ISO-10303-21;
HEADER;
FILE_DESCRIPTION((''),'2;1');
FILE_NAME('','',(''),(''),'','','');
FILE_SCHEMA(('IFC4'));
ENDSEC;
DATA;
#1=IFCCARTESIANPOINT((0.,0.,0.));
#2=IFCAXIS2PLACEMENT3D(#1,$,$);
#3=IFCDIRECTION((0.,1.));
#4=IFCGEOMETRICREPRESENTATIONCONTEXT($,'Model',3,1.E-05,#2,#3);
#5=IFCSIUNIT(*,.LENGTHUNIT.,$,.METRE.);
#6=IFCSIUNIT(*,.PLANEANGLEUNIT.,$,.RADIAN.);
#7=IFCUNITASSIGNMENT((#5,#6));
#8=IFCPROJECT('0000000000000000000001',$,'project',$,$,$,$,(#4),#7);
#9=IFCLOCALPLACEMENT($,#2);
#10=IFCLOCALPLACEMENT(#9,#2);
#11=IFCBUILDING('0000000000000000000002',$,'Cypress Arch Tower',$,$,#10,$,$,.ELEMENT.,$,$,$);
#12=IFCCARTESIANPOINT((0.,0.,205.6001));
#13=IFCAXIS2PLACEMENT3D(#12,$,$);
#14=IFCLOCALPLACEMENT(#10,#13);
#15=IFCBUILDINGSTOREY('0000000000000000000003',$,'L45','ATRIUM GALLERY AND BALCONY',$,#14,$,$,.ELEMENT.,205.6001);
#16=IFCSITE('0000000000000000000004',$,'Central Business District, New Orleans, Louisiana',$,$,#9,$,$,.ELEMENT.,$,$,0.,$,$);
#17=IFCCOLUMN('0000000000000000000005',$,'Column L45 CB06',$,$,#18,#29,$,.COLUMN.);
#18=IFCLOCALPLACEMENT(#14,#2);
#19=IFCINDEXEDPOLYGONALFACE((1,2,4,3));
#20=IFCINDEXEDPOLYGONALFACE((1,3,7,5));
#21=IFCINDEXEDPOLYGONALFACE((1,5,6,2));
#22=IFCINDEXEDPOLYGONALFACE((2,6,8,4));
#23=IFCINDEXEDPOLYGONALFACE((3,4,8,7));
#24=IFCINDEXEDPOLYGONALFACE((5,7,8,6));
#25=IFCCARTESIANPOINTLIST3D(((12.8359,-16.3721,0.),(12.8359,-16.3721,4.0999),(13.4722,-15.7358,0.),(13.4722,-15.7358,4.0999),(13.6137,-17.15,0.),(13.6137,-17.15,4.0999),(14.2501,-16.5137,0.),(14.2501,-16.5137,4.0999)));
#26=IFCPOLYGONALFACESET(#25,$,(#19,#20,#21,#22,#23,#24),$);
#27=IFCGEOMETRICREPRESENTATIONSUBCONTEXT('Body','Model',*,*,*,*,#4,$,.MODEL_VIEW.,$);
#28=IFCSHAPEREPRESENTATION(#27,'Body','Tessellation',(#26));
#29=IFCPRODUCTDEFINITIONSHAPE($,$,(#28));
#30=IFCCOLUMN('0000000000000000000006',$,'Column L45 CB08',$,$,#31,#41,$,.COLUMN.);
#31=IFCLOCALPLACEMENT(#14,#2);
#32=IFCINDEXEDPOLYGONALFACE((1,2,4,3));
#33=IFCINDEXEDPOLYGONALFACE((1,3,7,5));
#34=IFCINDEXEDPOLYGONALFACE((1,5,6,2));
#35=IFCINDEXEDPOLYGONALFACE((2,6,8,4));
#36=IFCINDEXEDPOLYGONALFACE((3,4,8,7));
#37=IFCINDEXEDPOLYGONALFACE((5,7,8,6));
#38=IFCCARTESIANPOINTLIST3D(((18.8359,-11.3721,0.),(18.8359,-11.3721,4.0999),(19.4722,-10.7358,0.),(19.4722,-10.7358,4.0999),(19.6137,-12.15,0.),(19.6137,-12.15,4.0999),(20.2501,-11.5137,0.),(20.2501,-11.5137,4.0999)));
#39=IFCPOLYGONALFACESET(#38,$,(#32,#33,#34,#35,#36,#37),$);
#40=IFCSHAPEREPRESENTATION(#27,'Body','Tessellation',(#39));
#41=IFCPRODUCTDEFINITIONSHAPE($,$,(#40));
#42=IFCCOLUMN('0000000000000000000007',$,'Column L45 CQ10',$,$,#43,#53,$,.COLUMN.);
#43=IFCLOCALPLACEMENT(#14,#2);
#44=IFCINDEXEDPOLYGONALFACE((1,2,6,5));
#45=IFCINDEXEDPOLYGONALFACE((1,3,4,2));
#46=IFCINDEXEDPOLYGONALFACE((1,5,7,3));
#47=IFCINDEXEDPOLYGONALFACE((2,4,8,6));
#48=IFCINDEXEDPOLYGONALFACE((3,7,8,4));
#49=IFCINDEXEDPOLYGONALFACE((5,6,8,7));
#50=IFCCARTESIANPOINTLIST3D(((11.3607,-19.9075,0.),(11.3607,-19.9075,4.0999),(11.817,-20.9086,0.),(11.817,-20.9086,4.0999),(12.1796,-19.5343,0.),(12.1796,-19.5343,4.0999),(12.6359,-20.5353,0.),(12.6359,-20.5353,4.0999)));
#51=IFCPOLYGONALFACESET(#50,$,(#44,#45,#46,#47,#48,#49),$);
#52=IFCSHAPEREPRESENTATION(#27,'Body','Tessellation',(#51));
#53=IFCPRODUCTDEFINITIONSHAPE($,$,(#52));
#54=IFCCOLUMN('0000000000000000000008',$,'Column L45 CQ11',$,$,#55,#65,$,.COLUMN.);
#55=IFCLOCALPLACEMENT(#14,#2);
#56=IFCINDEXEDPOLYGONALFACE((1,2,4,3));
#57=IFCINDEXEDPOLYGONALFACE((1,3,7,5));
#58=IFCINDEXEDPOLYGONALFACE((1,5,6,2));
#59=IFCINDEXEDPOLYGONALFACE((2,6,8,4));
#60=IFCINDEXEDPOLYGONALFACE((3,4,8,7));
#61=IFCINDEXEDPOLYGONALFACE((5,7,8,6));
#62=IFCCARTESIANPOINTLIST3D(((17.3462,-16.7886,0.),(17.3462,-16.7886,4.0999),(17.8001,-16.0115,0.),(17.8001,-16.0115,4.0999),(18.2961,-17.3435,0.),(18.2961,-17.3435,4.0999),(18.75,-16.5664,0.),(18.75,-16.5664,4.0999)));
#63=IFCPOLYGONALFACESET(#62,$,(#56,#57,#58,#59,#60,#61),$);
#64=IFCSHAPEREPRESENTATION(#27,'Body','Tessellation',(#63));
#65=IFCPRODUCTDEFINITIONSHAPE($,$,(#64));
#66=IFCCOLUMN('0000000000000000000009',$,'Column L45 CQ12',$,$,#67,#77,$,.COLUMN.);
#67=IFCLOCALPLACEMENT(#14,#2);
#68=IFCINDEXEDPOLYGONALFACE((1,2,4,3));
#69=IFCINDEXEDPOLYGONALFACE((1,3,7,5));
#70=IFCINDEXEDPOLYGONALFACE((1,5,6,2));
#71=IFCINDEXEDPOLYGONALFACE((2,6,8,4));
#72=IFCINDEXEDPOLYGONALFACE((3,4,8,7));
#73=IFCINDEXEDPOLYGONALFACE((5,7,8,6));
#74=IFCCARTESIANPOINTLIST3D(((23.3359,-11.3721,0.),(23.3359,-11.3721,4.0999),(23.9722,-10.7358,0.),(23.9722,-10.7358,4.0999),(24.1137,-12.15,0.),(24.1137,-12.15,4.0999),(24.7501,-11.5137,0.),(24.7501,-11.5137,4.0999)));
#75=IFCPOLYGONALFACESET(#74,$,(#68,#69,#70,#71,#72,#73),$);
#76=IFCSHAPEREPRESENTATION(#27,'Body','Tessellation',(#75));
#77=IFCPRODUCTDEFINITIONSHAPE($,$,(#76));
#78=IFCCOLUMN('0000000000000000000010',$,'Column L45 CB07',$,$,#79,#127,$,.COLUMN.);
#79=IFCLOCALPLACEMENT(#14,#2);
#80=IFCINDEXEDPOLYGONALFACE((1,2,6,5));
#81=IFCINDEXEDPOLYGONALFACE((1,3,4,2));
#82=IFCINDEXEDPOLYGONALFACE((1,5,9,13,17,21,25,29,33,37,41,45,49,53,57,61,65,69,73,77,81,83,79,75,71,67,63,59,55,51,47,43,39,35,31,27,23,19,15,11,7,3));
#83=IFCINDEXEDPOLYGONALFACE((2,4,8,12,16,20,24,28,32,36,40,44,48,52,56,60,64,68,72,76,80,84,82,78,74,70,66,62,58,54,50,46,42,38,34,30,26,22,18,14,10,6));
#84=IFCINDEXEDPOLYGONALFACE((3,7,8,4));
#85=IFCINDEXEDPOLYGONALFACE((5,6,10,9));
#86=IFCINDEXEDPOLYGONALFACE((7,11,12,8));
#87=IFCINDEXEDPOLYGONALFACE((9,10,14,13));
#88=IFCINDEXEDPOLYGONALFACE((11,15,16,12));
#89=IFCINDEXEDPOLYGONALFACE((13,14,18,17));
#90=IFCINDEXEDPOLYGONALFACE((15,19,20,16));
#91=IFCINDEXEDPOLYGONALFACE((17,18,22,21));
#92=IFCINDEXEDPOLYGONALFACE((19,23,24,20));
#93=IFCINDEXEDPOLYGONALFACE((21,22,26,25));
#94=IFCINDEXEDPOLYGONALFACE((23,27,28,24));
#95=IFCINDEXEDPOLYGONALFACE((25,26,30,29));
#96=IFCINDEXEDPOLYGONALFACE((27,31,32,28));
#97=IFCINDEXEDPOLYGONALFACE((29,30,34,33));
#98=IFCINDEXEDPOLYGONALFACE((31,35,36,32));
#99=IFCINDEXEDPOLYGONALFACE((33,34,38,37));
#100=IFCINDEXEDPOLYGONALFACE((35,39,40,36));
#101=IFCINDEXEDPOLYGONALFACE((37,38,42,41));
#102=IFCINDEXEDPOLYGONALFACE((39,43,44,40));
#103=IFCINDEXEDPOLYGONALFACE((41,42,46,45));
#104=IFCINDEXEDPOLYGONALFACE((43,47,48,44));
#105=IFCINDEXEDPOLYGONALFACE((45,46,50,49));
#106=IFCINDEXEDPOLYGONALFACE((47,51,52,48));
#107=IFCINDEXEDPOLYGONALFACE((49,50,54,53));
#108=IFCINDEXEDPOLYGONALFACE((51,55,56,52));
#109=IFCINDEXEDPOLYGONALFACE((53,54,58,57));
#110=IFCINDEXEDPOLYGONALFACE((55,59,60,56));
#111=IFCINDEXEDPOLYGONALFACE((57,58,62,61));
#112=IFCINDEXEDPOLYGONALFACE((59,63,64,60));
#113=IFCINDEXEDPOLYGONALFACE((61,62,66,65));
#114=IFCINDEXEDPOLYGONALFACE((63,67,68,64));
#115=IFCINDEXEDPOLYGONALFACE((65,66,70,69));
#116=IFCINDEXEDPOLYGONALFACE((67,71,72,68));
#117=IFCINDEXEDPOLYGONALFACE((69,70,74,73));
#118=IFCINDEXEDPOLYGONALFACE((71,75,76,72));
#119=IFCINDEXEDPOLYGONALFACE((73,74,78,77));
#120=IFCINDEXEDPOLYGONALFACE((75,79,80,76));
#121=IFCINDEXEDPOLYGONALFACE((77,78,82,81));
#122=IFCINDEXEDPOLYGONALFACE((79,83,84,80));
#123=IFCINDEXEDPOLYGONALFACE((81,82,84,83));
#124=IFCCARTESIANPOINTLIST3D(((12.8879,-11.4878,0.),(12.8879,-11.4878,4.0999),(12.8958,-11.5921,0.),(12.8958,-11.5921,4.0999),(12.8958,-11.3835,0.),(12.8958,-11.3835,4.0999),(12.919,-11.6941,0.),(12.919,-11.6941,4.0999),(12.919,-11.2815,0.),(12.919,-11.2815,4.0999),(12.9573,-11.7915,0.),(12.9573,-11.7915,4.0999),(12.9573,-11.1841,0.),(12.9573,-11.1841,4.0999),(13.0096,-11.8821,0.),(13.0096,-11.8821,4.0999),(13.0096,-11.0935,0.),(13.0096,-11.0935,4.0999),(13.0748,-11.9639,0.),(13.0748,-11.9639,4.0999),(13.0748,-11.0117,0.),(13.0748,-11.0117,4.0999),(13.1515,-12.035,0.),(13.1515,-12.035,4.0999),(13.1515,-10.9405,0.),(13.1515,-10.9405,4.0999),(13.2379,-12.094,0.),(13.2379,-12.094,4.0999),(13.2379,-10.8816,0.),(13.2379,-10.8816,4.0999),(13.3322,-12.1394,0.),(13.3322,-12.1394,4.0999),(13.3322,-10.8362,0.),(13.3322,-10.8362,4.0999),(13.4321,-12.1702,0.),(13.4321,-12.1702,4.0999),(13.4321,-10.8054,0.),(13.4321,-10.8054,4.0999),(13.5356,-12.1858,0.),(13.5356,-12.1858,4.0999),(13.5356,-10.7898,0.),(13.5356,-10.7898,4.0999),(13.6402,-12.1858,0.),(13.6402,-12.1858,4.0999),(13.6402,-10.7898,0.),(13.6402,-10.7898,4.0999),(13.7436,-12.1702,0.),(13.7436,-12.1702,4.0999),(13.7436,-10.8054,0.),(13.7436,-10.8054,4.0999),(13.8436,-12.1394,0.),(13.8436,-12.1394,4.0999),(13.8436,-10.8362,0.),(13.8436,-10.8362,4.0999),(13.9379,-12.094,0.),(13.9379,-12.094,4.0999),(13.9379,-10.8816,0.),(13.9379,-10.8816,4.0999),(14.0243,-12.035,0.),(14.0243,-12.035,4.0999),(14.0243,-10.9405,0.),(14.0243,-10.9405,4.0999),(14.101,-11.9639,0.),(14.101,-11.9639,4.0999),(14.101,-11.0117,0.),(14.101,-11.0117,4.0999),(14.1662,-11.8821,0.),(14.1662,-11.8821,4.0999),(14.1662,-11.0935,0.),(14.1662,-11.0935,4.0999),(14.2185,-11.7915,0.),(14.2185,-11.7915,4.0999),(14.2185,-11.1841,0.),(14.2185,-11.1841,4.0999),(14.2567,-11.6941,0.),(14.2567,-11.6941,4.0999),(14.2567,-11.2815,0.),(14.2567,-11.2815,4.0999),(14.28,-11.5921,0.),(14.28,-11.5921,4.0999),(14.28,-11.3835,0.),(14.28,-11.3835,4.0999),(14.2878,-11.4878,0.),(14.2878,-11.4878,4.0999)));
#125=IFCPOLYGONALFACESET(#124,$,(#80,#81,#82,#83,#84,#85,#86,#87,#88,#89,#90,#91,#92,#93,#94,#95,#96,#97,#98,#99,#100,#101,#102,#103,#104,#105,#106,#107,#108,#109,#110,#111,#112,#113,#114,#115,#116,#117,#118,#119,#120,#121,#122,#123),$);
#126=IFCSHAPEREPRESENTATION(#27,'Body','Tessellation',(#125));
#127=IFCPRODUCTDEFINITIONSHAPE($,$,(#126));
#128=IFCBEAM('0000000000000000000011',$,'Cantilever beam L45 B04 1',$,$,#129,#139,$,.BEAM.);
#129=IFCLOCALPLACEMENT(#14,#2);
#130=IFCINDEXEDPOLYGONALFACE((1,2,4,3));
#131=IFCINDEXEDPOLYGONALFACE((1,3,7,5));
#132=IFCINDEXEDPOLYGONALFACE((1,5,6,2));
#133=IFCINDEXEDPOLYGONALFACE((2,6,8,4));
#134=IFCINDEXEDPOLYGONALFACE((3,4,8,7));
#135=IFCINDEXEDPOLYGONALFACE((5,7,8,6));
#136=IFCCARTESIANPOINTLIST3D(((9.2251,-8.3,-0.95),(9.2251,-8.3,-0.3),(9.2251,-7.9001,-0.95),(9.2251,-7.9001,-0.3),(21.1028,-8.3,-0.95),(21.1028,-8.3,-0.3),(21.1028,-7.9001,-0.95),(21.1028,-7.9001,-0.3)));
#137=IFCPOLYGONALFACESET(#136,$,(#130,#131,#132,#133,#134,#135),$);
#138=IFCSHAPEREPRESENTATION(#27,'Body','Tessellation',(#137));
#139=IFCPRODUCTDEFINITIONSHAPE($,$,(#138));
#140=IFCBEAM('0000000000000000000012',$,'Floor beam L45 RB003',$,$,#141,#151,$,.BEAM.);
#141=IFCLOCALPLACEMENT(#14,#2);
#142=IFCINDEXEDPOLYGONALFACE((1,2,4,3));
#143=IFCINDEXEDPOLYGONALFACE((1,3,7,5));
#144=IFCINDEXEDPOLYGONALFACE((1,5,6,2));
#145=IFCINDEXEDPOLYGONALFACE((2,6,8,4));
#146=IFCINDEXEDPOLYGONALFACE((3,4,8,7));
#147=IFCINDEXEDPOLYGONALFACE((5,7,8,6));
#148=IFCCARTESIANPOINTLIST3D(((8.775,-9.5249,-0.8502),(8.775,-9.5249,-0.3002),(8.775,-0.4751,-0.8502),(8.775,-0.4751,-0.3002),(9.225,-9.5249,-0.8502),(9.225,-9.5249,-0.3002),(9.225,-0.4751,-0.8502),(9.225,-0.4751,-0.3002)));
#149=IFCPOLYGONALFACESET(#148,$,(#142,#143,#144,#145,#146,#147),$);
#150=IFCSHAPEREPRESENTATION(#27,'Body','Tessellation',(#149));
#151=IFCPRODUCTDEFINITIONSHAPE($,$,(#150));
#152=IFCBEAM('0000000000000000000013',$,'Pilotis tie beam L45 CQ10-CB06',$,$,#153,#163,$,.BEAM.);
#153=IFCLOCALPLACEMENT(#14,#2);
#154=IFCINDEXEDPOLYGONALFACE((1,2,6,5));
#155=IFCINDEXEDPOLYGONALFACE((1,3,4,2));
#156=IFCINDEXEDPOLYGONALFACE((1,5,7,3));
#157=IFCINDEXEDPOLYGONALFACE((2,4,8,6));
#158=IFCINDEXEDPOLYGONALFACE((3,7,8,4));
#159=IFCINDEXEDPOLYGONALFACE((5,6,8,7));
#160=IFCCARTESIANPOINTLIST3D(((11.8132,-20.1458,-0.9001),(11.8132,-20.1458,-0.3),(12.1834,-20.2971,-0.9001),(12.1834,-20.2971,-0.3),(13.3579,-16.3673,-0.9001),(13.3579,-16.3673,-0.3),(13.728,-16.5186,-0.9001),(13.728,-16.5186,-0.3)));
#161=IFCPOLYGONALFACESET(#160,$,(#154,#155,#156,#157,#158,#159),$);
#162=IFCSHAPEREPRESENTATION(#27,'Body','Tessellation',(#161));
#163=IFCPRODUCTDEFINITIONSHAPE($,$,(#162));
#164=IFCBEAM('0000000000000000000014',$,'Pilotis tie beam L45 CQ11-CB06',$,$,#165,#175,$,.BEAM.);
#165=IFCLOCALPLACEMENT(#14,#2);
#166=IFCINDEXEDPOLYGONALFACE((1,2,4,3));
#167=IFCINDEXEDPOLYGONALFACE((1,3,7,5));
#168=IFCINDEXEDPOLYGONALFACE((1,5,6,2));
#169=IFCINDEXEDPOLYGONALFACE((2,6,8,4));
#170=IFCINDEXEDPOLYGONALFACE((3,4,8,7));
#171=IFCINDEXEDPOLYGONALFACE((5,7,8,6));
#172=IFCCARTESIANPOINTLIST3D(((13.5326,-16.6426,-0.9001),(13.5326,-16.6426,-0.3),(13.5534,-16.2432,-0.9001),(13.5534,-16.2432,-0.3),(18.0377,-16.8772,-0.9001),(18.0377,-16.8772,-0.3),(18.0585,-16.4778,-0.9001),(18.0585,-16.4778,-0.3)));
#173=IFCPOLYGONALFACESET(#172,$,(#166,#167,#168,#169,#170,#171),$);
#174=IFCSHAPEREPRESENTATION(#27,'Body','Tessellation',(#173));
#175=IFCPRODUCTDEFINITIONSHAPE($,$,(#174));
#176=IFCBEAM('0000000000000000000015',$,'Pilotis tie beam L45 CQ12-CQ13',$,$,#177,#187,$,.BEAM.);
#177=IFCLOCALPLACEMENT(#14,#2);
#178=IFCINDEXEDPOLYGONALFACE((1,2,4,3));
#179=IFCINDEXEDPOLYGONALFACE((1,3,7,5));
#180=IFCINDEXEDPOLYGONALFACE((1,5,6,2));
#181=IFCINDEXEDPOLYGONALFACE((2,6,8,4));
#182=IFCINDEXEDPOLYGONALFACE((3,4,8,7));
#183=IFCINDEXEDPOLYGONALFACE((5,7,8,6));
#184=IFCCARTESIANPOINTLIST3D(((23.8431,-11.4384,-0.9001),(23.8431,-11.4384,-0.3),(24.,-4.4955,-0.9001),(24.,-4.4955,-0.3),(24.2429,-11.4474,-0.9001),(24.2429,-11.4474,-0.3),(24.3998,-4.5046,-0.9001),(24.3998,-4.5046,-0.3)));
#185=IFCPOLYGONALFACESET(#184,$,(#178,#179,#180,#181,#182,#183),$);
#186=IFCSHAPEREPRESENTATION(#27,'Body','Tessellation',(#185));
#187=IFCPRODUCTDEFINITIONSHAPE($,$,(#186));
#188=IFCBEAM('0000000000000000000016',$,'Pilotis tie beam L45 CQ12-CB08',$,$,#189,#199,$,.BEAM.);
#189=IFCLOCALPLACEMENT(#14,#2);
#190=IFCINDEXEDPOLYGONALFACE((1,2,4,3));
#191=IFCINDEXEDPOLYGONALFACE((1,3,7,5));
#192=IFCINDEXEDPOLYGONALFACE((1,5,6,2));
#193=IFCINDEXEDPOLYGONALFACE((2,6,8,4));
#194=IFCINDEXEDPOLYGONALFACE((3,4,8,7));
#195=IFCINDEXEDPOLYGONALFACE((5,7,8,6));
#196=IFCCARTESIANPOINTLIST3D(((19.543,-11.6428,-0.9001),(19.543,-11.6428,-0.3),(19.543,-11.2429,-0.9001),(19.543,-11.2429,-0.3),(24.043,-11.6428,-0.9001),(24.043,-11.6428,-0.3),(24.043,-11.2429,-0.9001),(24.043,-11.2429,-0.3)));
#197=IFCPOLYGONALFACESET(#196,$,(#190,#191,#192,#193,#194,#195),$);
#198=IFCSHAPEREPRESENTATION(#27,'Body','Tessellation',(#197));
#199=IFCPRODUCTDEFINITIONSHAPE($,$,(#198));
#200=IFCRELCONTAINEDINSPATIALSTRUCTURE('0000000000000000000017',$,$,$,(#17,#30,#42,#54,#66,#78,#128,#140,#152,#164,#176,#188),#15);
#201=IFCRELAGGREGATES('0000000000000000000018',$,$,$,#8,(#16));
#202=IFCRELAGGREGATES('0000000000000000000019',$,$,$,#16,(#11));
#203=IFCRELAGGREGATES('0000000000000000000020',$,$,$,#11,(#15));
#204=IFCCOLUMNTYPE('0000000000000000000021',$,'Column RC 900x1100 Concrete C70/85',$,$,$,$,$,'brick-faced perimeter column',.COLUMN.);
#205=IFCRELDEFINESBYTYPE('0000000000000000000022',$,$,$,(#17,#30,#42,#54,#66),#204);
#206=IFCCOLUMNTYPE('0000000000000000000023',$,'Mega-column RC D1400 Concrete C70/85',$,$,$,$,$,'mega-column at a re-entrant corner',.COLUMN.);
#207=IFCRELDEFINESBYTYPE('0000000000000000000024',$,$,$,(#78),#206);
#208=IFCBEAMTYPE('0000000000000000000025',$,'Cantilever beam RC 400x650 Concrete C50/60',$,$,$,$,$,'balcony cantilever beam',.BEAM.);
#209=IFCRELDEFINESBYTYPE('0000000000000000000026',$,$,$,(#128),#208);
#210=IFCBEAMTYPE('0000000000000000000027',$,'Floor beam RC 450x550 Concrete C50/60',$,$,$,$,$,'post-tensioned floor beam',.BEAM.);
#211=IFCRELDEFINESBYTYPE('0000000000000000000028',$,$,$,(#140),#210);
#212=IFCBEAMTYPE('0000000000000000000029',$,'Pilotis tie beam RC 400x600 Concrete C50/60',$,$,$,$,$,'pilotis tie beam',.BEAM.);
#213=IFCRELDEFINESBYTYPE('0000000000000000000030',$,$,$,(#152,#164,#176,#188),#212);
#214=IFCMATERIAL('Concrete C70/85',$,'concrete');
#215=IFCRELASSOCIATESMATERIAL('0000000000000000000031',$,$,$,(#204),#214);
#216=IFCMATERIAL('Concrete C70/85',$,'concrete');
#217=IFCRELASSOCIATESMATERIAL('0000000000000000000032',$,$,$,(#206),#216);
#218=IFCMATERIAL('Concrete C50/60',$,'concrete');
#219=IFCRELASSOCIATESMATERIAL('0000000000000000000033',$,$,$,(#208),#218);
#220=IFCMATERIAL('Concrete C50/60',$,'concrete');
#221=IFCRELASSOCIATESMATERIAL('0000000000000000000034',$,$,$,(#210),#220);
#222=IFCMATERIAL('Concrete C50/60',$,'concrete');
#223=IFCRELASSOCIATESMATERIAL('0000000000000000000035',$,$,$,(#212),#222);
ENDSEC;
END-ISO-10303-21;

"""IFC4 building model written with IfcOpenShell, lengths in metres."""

from ifc_helpers import new_model, si_unit, direction, frame, origin, origin_2d, place, context, subcontext, project, spatial, rectangle, circle, extrude, material, material_profile, profile_set, type_object, element, save


model = new_model("IFC4")

# Units and contexts
model_context = context("Model", 3, precision=1e-05, world=origin(), true_north=direction((0.0, 1.0)))
body_context = subcontext(model_context, "Body", "Model", "MODEL_VIEW")
ifc_project = project(units=[si_unit("LENGTHUNIT", "METRE"), si_unit("PLANEANGLEUNIT", "RADIAN")], contexts=[model_context])

# Site, building, storey
site_placement = place(None, origin())
site = spatial("IfcSite", under=ifc_project, at=site_placement, Name="Central Business District, New Orleans, Louisiana", CompositionType="ELEMENT", RefElevation=0.0)
building_placement = place(site_placement, origin())
building = spatial("IfcBuilding", under=site, at=building_placement, Name="Cypress Arch Tower", CompositionType="ELEMENT")
storey_placement = place(building_placement, frame((0.0, 0.0, 205.6001)))
storey = spatial("IfcBuildingStorey", under=building, at=storey_placement, Name="L45", Description="ATRIUM GALLERY AND BALCONY", CompositionType="ELEMENT", Elevation=205.6001)

# Columns
ifc_material_1 = material(Name="Concrete C70/85", Category="concrete")
ifc_material_profile_1 = material_profile(ifc_material_1, rectangle(XDim=0.8999, YDim=1.1001, at=origin_2d()), Name="RC 900x1100")
ifc_profile_set_1 = profile_set([ifc_material_profile_1], Name="Concrete C70/85")
column_type_1 = type_object("IfcColumnType", Name="Column RC 900x1100 Concrete C70/85", ElementType="brick-faced perimeter column", PredefinedType="COLUMN", material=ifc_profile_set_1)
for number, where, z_axis, x_axis, name in (
    (1, (13.543, -16.4429, 0.0), (0.0, 0.0, 1.0), (0.707107, 0.707107, 0.0), "Column L45 CB06"),
    (2, (19.543, -11.4429, 0.0), (0.0, 0.0, 1.0), (0.707107, 0.707107, 0.0), "Column L45 CB08"),
    (3, (11.9983, -20.2214, 0.0), (0.0, 0.0, 1.0), (0.909932, 0.414757, 0.0), "Column L45 CQ10"),
    (4, (18.0481, -16.6775, 0.0), (0.0, 0.0, 1.0), (0.504399, 0.863471, 0.0), "Column L45 CQ11"),
    (5, (24.043, -11.4429, 0.0), (0.0, 0.0, 1.0), (0.707107, 0.707107, 0.0), "Column L45 CQ12"),
):
    element("IfcColumn", number, at=place(storey_placement, frame(where, z_axis=z_axis, x_axis=x_axis)), inside=storey, type_object=column_type_1, Name=name, PredefinedType="COLUMN", context=body_context, shape_type="SweptSolid", body=[
        extrude(rectangle(XDim=0.8999, YDim=1.1001, at=origin_2d()), origin(), (0.0, 0.0, 1.0), 4.0999),
    ])
ifc_material_2 = material(Name="Concrete C70/85", Category="concrete")
ifc_material_profile_2 = material_profile(ifc_material_2, circle(Radius=0.7, at=origin_2d()), Name="RC D1400")
ifc_profile_set_2 = profile_set([ifc_material_profile_2], Name="Concrete C70/85")
column_type_2 = type_object("IfcColumnType", Name="Mega-column RC D1400 Concrete C70/85", ElementType="mega-column at a re-entrant corner", PredefinedType="COLUMN", material=ifc_profile_set_2)
column_placement = place(storey_placement, frame((13.5879, -11.4878, 0.0), z_axis=(0.0, 0.0, 1.0), x_axis=(1.0, 0.0, 0.0)))
element("IfcColumn", 6, at=column_placement, inside=storey, type_object=column_type_2, Name="Column L45 CB07", PredefinedType="COLUMN", context=body_context, shape_type="SweptSolid", body=[
    extrude(circle(Radius=0.7, at=origin_2d()), origin(), (0.0, 0.0, 1.0), 4.0999),
])

# Beams
ifc_material_3 = material(Name="Concrete C50/60", Category="concrete")
ifc_material_profile_3 = material_profile(ifc_material_3, rectangle(XDim=0.3999, YDim=0.6499, at=origin_2d()), Name="RC 400x650")
ifc_profile_set_3 = profile_set([ifc_material_profile_3], Name="Concrete C50/60")
beam_type_1 = type_object("IfcBeamType", Name="Cantilever beam RC 400x650 Concrete C50/60", ElementType="balcony cantilever beam", PredefinedType="BEAM", material=ifc_profile_set_3)
beam_1_placement = place(storey_placement, frame((9.2251, -8.1001, -0.625), z_axis=(1.0, 0.0, 0.0), x_axis=(0.0, 1.0, 0.0)))
element("IfcBeam", 7, at=beam_1_placement, inside=storey, type_object=beam_type_1, Name="Cantilever beam L45 B04 1", PredefinedType="BEAM", context=body_context, shape_type="SweptSolid", body=[
    extrude(rectangle(XDim=0.3999, YDim=0.6499, at=origin_2d()), origin(), (0.0, 0.0, 1.0), 11.8777),
])
ifc_material_4 = material(Name="Concrete C50/60", Category="concrete")
ifc_material_profile_4 = material_profile(ifc_material_4, rectangle(XDim=0.45, YDim=0.55, at=origin_2d()), Name="RC 450x550")
ifc_profile_set_4 = profile_set([ifc_material_profile_4], Name="Concrete C50/60")
beam_type_2 = type_object("IfcBeamType", Name="Floor beam RC 450x550 Concrete C50/60", ElementType="post-tensioned floor beam", PredefinedType="BEAM", material=ifc_profile_set_4)
beam_2_placement = place(storey_placement, frame((9.0, -9.5249, -0.5752), z_axis=(0.0, 1.0, 0.0), x_axis=(-1.0, 0.0, 0.0)))
element("IfcBeam", 8, at=beam_2_placement, inside=storey, type_object=beam_type_2, Name="Floor beam L45 RB003", PredefinedType="BEAM", context=body_context, shape_type="SweptSolid", body=[
    extrude(rectangle(XDim=0.45, YDim=0.55, at=origin_2d()), origin(), (0.0, 0.0, 1.0), 9.0498),
])
ifc_material_5 = material(Name="Concrete C50/60", Category="concrete")
ifc_material_profile_5 = material_profile(ifc_material_5, rectangle(XDim=0.3999, YDim=0.6001, at=origin_2d()), Name="RC 400x600")
ifc_profile_set_5 = profile_set([ifc_material_profile_5], Name="Concrete C50/60")
beam_type_3 = type_object("IfcBeamType", Name="Pilotis tie beam RC 400x600 Concrete C50/60", ElementType="pilotis tie beam", PredefinedType="BEAM", material=ifc_profile_set_5)
beam_3_placement = place(storey_placement, frame((11.9983, -20.2214, -0.6001), z_axis=(0.378402, 0.925641, 0.0), x_axis=(-0.925641, 0.378402, 0.0)))
element("IfcBeam", 9, at=beam_3_placement, inside=storey, type_object=beam_type_3, Name="Pilotis tie beam L45 CQ10-CB06", PredefinedType="BEAM", context=body_context, shape_type="SweptSolid", body=[
    extrude(rectangle(XDim=0.3999, YDim=0.6001, at=origin_2d()), origin(), (0.0, 0.0, 1.0), 4.082),
])
beam_4_placement = place(storey_placement, frame((18.0481, -16.6775, -0.6001), z_axis=(-0.998647, 0.052008, 0.0), x_axis=(-0.052008, -0.998647, 0.0)))
element("IfcBeam", 10, at=beam_4_placement, inside=storey, type_object=beam_type_3, Name="Pilotis tie beam L45 CQ11-CB06", PredefinedType="BEAM", context=body_context, shape_type="SweptSolid", body=[
    extrude(rectangle(XDim=0.3999, YDim=0.6001, at=origin_2d()), origin(), (0.0, 0.0, 1.0), 4.5112),
])
beam_5_placement = place(storey_placement, frame((24.043, -11.4429, -0.6001), z_axis=(0.022605, 0.999744, 0.0), x_axis=(-0.999744, 0.022605, 0.0)))
element("IfcBeam", 11, at=beam_5_placement, inside=storey, type_object=beam_type_3, Name="Pilotis tie beam L45 CQ12-CQ13", PredefinedType="BEAM", context=body_context, shape_type="SweptSolid", body=[
    extrude(rectangle(XDim=0.3999, YDim=0.6001, at=origin_2d()), origin(), (0.0, 0.0, 1.0), 6.9446),
])
beam_6_placement = place(storey_placement, frame((24.043, -11.4429, -0.6001), z_axis=(-1.0, 0.0, 0.0), x_axis=(0.0, -1.0, 0.0)))
element("IfcBeam", 12, at=beam_6_placement, inside=storey, type_object=beam_type_3, Name="Pilotis tie beam L45 CQ12-CB08", PredefinedType="BEAM", context=body_context, shape_type="SweptSolid", body=[
    extrude(rectangle(XDim=0.3999, YDim=0.6001, at=origin_2d()), origin(), (0.0, 0.0, 1.0), 4.5),
])

save(model, "model.ifc")
